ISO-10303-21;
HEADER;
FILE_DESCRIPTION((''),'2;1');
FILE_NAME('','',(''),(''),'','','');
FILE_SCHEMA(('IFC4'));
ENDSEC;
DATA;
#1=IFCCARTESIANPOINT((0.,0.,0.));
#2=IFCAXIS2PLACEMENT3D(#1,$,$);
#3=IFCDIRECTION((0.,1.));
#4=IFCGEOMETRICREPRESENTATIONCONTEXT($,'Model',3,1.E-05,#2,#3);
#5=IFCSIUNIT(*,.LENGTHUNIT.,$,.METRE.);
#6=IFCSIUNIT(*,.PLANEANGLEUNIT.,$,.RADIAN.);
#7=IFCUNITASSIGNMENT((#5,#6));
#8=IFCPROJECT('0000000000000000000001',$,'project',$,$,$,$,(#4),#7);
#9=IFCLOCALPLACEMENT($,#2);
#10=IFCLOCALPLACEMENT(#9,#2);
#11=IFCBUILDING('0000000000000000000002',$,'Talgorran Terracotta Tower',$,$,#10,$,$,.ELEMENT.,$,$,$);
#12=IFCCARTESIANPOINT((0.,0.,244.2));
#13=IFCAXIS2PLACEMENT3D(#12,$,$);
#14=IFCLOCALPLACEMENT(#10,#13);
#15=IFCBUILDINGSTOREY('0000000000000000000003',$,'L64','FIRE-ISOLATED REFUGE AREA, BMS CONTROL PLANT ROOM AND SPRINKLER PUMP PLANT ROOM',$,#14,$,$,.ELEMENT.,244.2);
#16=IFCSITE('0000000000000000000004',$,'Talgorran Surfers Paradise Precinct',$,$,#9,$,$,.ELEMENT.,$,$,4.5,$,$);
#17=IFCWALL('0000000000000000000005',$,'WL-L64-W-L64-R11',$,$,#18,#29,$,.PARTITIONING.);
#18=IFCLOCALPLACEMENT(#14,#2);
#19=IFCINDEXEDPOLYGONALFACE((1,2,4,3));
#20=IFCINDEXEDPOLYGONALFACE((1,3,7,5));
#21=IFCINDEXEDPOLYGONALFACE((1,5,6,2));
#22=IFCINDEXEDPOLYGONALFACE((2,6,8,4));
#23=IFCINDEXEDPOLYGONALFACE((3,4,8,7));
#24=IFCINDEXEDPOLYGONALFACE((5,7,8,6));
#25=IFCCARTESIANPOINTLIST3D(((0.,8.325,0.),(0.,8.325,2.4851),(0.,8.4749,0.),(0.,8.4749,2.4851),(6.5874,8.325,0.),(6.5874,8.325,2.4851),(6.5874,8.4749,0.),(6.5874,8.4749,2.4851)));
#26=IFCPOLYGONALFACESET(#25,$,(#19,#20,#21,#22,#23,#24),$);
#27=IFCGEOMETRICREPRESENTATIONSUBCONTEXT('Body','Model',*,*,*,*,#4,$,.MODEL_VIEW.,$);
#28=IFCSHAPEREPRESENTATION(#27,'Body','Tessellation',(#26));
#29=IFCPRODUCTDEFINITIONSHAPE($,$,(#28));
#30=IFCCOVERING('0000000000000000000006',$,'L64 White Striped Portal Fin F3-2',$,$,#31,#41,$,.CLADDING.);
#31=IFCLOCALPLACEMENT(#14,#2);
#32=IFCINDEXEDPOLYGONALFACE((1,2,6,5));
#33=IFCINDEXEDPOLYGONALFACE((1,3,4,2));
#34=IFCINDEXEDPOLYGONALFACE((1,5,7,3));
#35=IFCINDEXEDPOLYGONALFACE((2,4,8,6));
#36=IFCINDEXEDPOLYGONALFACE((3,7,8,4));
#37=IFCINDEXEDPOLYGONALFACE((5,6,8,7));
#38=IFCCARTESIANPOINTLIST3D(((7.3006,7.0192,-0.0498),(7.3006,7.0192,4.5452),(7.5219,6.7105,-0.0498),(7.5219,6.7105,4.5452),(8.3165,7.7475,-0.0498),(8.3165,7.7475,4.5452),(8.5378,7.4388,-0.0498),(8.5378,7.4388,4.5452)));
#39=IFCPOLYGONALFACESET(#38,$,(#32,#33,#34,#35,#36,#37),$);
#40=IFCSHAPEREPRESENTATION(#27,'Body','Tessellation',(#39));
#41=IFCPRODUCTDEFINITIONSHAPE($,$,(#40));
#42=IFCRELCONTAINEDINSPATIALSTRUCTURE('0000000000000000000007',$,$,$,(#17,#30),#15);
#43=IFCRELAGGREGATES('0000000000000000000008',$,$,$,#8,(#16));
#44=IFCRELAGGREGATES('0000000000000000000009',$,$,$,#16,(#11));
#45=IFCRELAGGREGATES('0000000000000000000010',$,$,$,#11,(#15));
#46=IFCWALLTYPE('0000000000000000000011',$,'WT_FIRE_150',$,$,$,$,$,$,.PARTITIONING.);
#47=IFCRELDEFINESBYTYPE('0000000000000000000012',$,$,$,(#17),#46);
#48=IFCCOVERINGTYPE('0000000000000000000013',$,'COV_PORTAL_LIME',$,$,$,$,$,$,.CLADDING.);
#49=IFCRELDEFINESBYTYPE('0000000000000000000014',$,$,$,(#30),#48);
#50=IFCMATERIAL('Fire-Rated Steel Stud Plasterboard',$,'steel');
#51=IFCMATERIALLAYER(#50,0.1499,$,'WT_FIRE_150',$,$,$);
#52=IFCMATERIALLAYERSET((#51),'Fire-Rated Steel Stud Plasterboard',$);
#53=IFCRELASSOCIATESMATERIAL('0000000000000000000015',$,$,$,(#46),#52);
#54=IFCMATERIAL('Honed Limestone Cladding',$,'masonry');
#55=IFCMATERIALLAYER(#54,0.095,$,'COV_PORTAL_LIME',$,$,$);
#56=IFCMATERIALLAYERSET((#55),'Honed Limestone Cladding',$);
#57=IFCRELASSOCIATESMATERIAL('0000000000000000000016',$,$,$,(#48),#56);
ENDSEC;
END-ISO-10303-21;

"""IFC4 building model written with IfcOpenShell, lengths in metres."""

from ifc_helpers import new_model, si_unit, direction, frame, frame_2d, origin, origin_2d, place, context, subcontext, project, spatial, rectangle, extrude, material, layer, layer_set, type_object, element, save


model = new_model("IFC4")

# Units and contexts
model_context = context("Model", 3, precision=1e-05, world=origin(), true_north=direction((0.0, 1.0)))
body_context = subcontext(model_context, "Body", "Model", "MODEL_VIEW")
ifc_project = project(units=[si_unit("LENGTHUNIT", "METRE"), si_unit("PLANEANGLEUNIT", "RADIAN")], contexts=[model_context])

# Site, building, storey
site_placement = place(None, origin())
site = spatial("IfcSite", under=ifc_project, at=site_placement, Name="Talgorran Surfers Paradise Precinct", CompositionType="ELEMENT", RefElevation=4.5)
building_placement = place(site_placement, origin())
building = spatial("IfcBuilding", under=site, at=building_placement, Name="Talgorran Terracotta Tower", CompositionType="ELEMENT")
storey_placement = place(building_placement, frame((0.0, 0.0, 244.2)))
storey = spatial("IfcBuildingStorey", under=building, at=storey_placement, Name="L64", Description="FIRE-ISOLATED REFUGE AREA, BMS CONTROL PLANT ROOM AND SPRINKLER PUMP PLANT ROOM", CompositionType="ELEMENT", Elevation=244.2)

# Wall
ifc_material_1 = material(Name="Fire-Rated Steel Stud Plasterboard", Category="steel")
ifc_layer_1 = layer(ifc_material_1, 0.1499, Name="WT_FIRE_150")
ifc_layer_set_1 = layer_set([ifc_layer_1], Name="Fire-Rated Steel Stud Plasterboard")
wall_type = type_object("IfcWallType", Name="WT_FIRE_150", PredefinedType="PARTITIONING", material=ifc_layer_set_1)
wall_placement = place(storey_placement, frame((0.0, 8.3999, 0.0), z_axis=(0.0, 0.0, 1.0), x_axis=(1.0, 0.0, 0.0)))
element("IfcWall", 1, at=wall_placement, inside=storey, type_object=wall_type, Name="WL-L64-W-L64-R11", PredefinedType="PARTITIONING", context=body_context, shape_type="SweptSolid", body=[
    extrude(rectangle(XDim=6.5874, YDim=0.1499, at=frame_2d((3.2937, 0.0))), origin(), (0.0, 0.0, 1.0), 2.4851),
])

# Covering
ifc_material_2 = material(Name="Honed Limestone Cladding", Category="masonry")
ifc_layer_2 = layer(ifc_material_2, 0.095, Name="COV_PORTAL_LIME")
ifc_layer_set_2 = layer_set([ifc_layer_2], Name="Honed Limestone Cladding")
covering_type = type_object("IfcCoveringType", Name="COV_PORTAL_LIME", PredefinedType="CLADDING", material=ifc_layer_set_2)
covering_placement = place(storey_placement, frame((7.9192, 7.229, -0.0498), z_axis=(0.0, 0.0, 1.0), x_axis=(-0.582662, 0.812715, 0.0)))
element("IfcCovering", 2, at=covering_placement, inside=storey, type_object=covering_type, Name="L64 White Striped Portal Fin F3-2", PredefinedType="CLADDING", context=body_context, shape_type="SweptSolid", body=[
    extrude(rectangle(XDim=0.3799, YDim=1.25, at=origin_2d()), origin(), (0.0, 0.0, 1.0), 4.595),
])

save(model, "model.ifc")
